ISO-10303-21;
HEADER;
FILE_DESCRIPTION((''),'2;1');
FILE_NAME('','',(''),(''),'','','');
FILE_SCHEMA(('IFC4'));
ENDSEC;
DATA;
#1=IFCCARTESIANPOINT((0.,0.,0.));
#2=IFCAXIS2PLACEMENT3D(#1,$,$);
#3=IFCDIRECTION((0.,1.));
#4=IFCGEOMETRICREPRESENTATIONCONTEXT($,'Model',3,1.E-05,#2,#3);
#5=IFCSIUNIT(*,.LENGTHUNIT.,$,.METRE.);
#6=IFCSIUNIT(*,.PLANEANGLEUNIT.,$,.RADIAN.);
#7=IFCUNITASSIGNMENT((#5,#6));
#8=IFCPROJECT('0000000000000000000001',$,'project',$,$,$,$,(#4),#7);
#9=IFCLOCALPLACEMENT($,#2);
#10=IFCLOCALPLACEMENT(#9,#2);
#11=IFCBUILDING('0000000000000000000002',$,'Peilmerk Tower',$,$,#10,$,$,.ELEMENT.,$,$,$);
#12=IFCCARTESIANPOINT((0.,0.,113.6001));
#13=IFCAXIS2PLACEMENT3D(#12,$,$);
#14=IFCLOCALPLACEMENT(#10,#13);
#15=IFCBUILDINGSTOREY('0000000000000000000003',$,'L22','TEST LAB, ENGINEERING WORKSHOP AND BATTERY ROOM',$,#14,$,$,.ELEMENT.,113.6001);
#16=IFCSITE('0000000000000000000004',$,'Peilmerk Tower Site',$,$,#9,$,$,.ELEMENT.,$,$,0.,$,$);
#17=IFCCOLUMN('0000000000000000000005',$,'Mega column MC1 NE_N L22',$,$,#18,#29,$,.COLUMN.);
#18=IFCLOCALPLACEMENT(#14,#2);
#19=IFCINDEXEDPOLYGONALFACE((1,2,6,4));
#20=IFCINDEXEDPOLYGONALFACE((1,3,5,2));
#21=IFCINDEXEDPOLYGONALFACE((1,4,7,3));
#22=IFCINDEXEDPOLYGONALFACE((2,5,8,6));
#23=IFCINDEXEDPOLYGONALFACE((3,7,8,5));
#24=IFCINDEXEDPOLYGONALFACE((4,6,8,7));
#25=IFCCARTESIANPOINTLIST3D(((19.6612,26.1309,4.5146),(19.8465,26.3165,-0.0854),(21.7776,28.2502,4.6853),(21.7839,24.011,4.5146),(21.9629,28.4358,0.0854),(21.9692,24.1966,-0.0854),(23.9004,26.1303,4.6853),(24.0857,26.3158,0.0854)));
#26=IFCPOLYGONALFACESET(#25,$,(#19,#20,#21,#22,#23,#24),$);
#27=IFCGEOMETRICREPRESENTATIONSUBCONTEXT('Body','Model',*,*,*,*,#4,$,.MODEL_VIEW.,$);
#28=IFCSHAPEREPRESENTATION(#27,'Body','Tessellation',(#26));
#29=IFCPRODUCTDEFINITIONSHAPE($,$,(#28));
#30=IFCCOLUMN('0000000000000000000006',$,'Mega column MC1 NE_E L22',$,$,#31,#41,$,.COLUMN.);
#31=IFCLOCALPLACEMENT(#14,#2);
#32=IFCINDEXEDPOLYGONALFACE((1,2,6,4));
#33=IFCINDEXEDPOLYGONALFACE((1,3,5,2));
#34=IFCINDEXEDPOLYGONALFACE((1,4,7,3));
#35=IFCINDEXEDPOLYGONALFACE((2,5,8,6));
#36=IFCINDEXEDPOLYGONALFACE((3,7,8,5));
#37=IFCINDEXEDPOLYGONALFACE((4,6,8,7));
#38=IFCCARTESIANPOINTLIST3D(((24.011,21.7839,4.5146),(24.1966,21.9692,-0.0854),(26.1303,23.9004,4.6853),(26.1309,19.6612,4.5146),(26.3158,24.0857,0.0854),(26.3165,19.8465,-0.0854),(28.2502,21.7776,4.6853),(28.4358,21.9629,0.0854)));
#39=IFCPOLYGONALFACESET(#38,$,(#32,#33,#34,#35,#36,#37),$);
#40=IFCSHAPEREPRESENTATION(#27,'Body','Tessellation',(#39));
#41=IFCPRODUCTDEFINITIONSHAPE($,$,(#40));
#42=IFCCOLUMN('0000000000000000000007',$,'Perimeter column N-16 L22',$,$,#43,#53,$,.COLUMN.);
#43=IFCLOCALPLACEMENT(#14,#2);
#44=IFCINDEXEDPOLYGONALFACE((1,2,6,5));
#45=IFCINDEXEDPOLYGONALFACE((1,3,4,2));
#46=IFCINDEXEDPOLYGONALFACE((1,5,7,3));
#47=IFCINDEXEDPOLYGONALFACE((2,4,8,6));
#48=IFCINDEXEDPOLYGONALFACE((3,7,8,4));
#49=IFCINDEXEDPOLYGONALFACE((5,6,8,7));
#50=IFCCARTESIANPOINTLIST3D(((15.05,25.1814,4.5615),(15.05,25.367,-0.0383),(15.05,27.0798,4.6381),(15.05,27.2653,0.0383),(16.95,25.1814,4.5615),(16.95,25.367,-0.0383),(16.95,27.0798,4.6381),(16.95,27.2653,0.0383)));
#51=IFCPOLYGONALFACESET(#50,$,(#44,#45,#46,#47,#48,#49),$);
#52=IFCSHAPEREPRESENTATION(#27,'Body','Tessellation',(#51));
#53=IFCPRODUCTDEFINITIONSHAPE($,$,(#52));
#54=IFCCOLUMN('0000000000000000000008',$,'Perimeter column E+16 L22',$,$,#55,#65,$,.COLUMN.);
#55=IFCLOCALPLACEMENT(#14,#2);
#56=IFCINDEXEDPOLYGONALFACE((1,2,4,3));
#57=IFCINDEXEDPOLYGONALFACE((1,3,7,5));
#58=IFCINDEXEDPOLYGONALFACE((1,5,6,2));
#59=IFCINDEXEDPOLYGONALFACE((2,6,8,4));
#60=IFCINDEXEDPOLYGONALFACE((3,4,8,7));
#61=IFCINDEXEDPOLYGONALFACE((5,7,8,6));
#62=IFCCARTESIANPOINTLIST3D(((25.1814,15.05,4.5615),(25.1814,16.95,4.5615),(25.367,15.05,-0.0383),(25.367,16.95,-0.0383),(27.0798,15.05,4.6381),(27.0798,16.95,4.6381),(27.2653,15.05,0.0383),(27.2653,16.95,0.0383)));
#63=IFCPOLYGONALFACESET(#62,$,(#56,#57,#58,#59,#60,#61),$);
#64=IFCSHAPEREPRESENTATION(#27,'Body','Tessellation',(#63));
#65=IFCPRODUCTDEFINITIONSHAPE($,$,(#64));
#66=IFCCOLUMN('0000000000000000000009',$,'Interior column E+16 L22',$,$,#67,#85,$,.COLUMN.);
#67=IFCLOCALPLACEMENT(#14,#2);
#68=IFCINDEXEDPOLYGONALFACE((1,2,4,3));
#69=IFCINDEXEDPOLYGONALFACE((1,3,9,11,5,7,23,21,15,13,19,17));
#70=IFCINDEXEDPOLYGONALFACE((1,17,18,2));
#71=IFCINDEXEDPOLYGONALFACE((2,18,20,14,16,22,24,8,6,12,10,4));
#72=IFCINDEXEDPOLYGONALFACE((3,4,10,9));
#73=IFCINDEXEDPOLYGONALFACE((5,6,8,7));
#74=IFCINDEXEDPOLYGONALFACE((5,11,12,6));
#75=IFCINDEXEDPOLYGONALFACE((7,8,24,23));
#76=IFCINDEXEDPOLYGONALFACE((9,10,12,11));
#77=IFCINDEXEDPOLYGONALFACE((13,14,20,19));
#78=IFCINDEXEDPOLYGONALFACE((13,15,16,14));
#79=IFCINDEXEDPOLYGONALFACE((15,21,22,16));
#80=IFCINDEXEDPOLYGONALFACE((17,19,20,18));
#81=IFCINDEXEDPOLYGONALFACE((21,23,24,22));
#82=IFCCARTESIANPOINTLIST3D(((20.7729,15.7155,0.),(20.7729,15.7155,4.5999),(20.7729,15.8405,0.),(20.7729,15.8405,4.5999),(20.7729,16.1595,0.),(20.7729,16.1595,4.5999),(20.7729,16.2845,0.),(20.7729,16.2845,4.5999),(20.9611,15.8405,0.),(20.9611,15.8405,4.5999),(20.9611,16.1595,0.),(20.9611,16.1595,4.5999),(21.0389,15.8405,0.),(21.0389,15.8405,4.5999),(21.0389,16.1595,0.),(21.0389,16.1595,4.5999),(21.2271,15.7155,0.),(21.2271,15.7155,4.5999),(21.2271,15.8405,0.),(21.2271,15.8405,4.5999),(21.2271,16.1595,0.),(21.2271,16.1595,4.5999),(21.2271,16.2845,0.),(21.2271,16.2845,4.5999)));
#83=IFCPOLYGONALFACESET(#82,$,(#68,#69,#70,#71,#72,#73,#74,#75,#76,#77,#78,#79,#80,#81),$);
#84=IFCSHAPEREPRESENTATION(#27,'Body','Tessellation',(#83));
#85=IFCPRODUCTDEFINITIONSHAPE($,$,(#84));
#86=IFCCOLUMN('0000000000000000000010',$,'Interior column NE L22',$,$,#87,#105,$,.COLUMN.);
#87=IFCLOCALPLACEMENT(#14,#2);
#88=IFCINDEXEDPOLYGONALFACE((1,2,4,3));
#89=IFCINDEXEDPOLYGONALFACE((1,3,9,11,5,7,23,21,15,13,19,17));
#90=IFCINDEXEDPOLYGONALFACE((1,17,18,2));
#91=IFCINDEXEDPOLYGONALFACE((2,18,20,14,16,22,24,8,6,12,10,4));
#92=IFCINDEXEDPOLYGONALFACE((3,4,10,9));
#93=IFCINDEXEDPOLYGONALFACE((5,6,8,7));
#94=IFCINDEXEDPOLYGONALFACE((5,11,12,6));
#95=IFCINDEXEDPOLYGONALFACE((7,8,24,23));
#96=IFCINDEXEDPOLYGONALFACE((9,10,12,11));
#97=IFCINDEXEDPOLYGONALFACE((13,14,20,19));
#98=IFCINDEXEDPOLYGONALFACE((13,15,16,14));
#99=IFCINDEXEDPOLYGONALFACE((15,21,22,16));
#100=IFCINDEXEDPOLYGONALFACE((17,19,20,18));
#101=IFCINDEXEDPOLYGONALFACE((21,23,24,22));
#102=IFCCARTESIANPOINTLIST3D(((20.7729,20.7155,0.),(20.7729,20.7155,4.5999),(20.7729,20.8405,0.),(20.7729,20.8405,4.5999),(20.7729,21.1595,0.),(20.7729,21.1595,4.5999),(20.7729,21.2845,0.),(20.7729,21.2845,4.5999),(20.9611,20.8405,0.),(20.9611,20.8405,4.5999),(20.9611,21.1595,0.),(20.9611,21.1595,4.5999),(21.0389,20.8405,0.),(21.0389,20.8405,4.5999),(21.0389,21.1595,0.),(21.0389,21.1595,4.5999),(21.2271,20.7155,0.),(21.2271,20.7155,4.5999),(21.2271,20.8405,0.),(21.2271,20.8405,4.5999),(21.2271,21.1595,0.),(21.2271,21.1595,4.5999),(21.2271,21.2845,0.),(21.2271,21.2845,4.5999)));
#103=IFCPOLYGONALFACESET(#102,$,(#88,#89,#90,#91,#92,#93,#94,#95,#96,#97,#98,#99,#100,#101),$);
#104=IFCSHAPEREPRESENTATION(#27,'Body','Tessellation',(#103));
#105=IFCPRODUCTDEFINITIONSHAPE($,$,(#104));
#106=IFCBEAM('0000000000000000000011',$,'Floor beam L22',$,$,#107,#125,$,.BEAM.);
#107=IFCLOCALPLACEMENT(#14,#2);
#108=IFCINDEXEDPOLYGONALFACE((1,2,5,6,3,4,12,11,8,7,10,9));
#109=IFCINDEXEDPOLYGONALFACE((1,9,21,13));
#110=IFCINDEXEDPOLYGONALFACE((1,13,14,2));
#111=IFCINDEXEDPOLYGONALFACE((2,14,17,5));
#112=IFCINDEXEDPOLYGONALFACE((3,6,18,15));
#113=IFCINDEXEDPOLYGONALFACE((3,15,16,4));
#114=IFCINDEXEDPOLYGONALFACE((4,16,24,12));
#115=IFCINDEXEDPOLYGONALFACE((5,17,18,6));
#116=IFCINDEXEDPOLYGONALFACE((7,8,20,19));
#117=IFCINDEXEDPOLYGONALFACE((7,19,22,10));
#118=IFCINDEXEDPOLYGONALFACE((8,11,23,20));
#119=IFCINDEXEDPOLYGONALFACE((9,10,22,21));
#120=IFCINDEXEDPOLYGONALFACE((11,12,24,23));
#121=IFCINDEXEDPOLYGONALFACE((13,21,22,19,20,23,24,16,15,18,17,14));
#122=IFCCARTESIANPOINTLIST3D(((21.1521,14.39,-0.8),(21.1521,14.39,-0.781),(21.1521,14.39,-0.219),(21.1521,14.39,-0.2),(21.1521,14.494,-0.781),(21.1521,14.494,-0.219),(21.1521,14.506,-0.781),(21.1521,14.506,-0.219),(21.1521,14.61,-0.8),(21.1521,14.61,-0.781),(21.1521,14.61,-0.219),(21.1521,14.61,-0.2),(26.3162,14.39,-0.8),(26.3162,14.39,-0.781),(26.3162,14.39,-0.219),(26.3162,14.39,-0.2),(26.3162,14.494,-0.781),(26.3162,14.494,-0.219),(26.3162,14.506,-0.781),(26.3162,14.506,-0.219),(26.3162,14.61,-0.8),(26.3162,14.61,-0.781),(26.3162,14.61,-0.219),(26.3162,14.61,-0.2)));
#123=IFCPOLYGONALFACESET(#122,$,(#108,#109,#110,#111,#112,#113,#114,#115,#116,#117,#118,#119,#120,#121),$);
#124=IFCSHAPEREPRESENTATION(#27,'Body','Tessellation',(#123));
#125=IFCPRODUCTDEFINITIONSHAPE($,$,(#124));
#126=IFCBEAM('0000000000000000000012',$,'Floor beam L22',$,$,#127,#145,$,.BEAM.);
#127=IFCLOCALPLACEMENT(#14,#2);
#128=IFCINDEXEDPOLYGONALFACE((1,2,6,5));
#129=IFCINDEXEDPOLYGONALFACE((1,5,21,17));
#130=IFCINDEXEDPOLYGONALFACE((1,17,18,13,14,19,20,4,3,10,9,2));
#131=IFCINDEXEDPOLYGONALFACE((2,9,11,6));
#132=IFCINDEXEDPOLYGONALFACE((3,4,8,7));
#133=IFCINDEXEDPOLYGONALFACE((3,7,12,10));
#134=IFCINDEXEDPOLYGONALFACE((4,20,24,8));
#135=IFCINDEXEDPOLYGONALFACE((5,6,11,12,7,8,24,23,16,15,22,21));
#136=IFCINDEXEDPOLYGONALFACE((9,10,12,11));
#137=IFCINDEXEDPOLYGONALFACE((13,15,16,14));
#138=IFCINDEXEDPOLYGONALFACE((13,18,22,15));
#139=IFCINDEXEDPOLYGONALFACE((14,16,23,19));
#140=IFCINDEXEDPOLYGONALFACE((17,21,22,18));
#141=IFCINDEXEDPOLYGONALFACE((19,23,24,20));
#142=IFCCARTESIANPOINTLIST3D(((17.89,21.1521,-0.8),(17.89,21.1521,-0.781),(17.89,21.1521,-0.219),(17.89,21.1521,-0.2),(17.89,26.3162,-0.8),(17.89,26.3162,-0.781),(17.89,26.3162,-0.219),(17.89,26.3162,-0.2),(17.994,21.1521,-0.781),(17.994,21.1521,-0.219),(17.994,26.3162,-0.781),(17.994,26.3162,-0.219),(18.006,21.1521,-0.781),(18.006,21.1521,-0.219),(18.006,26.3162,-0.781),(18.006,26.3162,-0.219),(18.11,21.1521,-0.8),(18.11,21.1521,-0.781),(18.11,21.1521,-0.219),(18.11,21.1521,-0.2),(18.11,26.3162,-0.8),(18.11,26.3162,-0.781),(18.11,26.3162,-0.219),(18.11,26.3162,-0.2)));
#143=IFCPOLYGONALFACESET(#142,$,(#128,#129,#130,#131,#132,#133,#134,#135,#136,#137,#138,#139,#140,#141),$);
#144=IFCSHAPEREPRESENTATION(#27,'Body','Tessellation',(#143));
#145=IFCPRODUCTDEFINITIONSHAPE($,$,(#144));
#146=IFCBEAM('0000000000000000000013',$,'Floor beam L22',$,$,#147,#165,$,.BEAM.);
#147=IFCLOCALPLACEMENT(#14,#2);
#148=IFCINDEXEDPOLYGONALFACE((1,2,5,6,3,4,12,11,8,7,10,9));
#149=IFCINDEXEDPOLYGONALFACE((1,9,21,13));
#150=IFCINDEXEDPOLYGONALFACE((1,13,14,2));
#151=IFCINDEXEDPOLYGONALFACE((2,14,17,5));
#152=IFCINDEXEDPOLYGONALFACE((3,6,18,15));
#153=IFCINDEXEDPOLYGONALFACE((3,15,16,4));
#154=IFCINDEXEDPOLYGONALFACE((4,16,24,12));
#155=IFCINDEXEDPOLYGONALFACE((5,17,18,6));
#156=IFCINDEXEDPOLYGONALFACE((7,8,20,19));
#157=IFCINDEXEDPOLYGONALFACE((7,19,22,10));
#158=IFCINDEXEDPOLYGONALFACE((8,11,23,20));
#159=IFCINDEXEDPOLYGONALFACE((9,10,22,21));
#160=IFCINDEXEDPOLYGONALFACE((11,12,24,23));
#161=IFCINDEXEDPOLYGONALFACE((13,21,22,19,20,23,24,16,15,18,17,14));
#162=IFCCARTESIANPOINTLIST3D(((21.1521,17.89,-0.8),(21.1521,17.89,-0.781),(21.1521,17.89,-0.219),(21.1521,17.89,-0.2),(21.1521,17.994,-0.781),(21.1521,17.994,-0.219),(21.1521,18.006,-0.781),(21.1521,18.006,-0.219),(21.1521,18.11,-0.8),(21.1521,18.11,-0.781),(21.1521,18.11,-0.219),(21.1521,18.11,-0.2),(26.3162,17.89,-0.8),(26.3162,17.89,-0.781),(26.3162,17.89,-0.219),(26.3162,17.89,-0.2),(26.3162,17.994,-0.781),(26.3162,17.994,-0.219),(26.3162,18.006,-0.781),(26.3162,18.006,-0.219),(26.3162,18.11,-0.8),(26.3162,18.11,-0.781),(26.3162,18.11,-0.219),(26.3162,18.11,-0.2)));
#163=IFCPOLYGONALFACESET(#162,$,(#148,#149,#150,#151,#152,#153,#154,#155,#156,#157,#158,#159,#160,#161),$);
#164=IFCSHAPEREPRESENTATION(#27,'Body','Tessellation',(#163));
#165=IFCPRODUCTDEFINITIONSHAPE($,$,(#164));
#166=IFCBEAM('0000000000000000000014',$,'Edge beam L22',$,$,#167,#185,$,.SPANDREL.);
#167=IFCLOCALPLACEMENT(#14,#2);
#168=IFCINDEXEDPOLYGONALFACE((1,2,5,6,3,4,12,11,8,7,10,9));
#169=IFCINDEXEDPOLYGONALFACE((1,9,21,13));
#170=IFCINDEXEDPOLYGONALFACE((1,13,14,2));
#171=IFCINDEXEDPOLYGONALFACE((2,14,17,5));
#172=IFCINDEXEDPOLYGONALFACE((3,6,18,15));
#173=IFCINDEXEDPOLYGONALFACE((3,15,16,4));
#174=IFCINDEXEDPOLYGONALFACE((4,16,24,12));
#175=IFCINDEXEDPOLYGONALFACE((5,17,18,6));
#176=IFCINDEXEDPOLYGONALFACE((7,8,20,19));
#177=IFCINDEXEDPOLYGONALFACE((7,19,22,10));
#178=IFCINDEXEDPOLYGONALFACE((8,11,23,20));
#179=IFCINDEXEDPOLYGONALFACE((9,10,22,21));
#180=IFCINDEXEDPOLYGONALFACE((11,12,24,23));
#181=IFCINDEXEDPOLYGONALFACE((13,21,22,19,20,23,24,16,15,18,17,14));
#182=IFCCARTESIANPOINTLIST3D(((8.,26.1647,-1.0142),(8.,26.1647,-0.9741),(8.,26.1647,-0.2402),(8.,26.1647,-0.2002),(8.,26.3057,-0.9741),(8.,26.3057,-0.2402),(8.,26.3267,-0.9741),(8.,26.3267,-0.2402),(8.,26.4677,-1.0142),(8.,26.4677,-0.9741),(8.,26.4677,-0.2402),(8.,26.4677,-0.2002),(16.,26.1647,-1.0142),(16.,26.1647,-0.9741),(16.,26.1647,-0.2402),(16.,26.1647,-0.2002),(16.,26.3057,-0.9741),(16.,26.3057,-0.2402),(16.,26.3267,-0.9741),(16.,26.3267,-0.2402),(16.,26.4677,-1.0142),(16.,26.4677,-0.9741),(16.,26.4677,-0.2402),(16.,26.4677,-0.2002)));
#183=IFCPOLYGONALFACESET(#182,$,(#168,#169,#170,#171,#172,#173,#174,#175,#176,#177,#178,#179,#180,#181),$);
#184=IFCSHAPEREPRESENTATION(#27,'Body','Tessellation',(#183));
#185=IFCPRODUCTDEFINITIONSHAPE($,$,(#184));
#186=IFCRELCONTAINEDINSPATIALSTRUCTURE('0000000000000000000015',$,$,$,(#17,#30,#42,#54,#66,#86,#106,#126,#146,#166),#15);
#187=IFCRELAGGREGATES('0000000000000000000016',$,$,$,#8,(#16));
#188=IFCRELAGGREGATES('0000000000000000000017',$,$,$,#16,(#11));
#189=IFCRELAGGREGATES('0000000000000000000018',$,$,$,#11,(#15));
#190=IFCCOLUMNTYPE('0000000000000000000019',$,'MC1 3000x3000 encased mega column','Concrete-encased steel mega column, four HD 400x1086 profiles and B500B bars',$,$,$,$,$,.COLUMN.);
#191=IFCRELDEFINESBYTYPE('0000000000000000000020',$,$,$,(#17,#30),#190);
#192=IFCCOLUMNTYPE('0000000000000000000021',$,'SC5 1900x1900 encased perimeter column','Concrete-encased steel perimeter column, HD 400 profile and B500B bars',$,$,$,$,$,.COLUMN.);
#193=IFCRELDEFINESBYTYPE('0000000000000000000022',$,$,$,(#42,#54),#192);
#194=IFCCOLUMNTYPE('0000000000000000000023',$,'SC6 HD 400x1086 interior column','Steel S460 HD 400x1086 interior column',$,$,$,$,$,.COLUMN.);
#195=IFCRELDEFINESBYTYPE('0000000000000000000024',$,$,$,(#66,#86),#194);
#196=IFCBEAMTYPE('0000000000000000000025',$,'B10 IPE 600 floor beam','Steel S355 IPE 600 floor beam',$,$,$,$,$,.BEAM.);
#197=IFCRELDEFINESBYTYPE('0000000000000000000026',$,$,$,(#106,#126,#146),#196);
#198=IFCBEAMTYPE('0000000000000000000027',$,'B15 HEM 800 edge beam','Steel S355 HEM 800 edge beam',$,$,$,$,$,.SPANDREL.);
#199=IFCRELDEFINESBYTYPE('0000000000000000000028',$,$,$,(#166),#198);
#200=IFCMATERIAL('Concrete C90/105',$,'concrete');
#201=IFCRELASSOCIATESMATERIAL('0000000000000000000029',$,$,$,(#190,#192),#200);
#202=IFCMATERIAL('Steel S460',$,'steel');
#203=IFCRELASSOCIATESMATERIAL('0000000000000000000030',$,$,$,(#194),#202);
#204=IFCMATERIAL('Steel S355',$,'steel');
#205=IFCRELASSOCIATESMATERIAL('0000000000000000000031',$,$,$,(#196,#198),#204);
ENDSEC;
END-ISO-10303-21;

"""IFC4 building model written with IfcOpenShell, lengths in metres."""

from ifc_helpers import new_model, si_unit, direction, frame, origin, origin_2d, place, context, subcontext, project, spatial, rectangle, i_section, extrude, material, material_profile, profile_set, type_object, element, save


model = new_model("IFC4")

# Units and contexts
model_context = context("Model", 3, precision=1e-05, world=origin(), true_north=direction((0.0, 1.0)))
body_context = subcontext(model_context, "Body", "Model", "MODEL_VIEW")
ifc_project = project(units=[si_unit("LENGTHUNIT", "METRE"), si_unit("PLANEANGLEUNIT", "RADIAN")], contexts=[model_context])

# Site, building, storey
site_placement = place(None, origin())
site = spatial("IfcSite", under=ifc_project, at=site_placement, Name="Peilmerk Tower Site", CompositionType="ELEMENT", RefElevation=0.0)
building_placement = place(site_placement, origin())
building = spatial("IfcBuilding", under=site, at=building_placement, Name="Peilmerk Tower", CompositionType="ELEMENT")
storey_placement = place(building_placement, frame((0.0, 0.0, 113.6001)))
storey = spatial("IfcBuildingStorey", under=building, at=storey_placement, Name="L22", Description="TEST LAB, ENGINEERING WORKSHOP AND BATTERY ROOM", CompositionType="ELEMENT", Elevation=113.6001)

# Columns
ifc_material_1 = material(Name="Concrete C90/105", Category="concrete")
ifc_material_profile_1 = material_profile(ifc_material_1, rectangle(XDim=3.0, YDim=3.0, at=origin_2d()), Name="RC 3000x3000")
ifc_profile_set_1 = profile_set([ifc_material_profile_1], Name="Concrete C90/105")
column_type_1 = type_object("IfcColumnType", Name="MC1 3000x3000 encased mega column", Description="Concrete-encased steel mega column, four HD 400x1086 profiles and B500B bars", PredefinedType="COLUMN", material=ifc_profile_set_1)
for number, where, z_axis, x_axis, name in (
    (1, (21.9661, 26.3162, 0.0), (-0.040219, -0.040272, 0.998379), (0.707572, -0.706641, 0.0), "Mega column MC1 NE_N L22"),
    (2, (26.3162, 21.9661, 0.0), (-0.040272, -0.040219, 0.998379), (0.706641, -0.707572, 0.0), "Mega column MC1 NE_E L22"),
):
    element("IfcColumn", number, at=place(storey_placement, frame(where, z_axis=z_axis, x_axis=x_axis)), inside=storey, type_object=column_type_1, Name=name, PredefinedType="COLUMN", context=body_context, shape_type="SweptSolid", body=[
        extrude(rectangle(XDim=3.0, YDim=3.0, at=origin_2d()), origin(), (0.0, 0.0, 1.0), 4.6074),
    ])
ifc_material_profile_2 = material_profile(ifc_material_1, rectangle(XDim=1.8999, YDim=1.8999, at=origin_2d()), Name="RC 1900x1900")
ifc_profile_set_2 = profile_set([ifc_material_profile_2], Name="Concrete C90/105")
column_type_2 = type_object("IfcColumnType", Name="SC5 1900x1900 encased perimeter column", Description="Concrete-encased steel perimeter column, HD 400 profile and B500B bars", PredefinedType="COLUMN", material=ifc_profile_set_2)
for number, where, z_axis, x_axis, name in (
    (3, (16.0, 26.3162, 0.0), (0.0, -0.040305, 0.999187), (1.0, 0.0, 0.0), "Perimeter column N-16 L22"),
    (4, (26.3162, 16.0, 0.0), (-0.040305, 0.0, 0.999187), (0.0, -1.0, 0.0), "Perimeter column E+16 L22"),
):
    element("IfcColumn", number, at=place(storey_placement, frame(where, z_axis=z_axis, x_axis=x_axis)), inside=storey, type_object=column_type_2, Name=name, PredefinedType="COLUMN", context=body_context, shape_type="SweptSolid", body=[
        extrude(rectangle(XDim=1.8999, YDim=1.8999, at=origin_2d()), origin(), (0.0, 0.0, 1.0), 4.6035),
    ])
ifc_material_2 = material(Name="Steel S460", Category="steel")
ifc_material_profile_3 = material_profile(ifc_material_2, i_section(OverallWidth=0.4541, OverallDepth=0.5691, WebThickness=0.0779, FlangeThickness=0.125, at=origin_2d()), Name="HD 400x1086")
ifc_profile_set_3 = profile_set([ifc_material_profile_3], Name="Steel S460")
column_type_3 = type_object("IfcColumnType", Name="SC6 HD 400x1086 interior column", Description="Steel S460 HD 400x1086 interior column", PredefinedType="COLUMN", material=ifc_profile_set_3)
for number, where, z_axis, x_axis, name in (
    (5, (21.0, 16.0, 0.0), (0.0, 0.0, 1.0), (1.0, 0.0, 0.0), "Interior column E+16 L22"),
    (6, (21.0, 21.0, 0.0), (0.0, 0.0, 1.0), (1.0, 0.0, 0.0), "Interior column NE L22"),
):
    element("IfcColumn", number, at=place(storey_placement, frame(where, z_axis=z_axis, x_axis=x_axis)), inside=storey, type_object=column_type_3, Name=name, PredefinedType="COLUMN", context=body_context, shape_type="SweptSolid", body=[
        extrude(i_section(OverallWidth=0.4541, OverallDepth=0.5691, WebThickness=0.0779, FlangeThickness=0.125, at=origin_2d()), origin(), (0.0, 0.0, 1.0), 4.5999),
    ])

# Beams
ifc_material_3 = material(Name="Steel S355", Category="steel")
ifc_material_profile_4 = material_profile(ifc_material_3, i_section(OverallWidth=0.22, OverallDepth=0.6001, WebThickness=0.012, FlangeThickness=0.019, at=origin_2d()), Name="IPE 600")
ifc_profile_set_4 = profile_set([ifc_material_profile_4], Name="Steel S355")
beam_type_1 = type_object("IfcBeamType", Name="B10 IPE 600 floor beam", Description="Steel S355 IPE 600 floor beam", PredefinedType="BEAM", material=ifc_profile_set_4)
for number, where, z_axis, x_axis, name in (
    (7, (21.1521, 14.5, -0.5), (1.0, 0.0, 0.0), (0.0, 1.0, 0.0), "Floor beam L22"),
    (8, (18.0, 21.1521, -0.5), (0.0, 1.0, 0.0), (-1.0, 0.0, 0.0), "Floor beam L22"),
    (9, (21.1521, 18.0, -0.5), (1.0, 0.0, 0.0), (0.0, 1.0, 0.0), "Floor beam L22"),
):
    element("IfcBeam", number, at=place(storey_placement, frame(where, z_axis=z_axis, x_axis=x_axis)), inside=storey, type_object=beam_type_1, Name=name, PredefinedType="BEAM", context=body_context, shape_type="SweptSolid", body=[
        extrude(i_section(OverallWidth=0.22, OverallDepth=0.6001, WebThickness=0.012, FlangeThickness=0.019, at=origin_2d()), origin(), (0.0, 0.0, 1.0), 5.1641),
    ])
ifc_material_profile_5 = material_profile(ifc_material_3, i_section(OverallWidth=0.303, OverallDepth=0.814, WebThickness=0.021, FlangeThickness=0.04, at=origin_2d()), Name="HEM 800")
ifc_profile_set_5 = profile_set([ifc_material_profile_5], Name="Steel S355")
beam_type_2 = type_object("IfcBeamType", Name="B15 HEM 800 edge beam", Description="Steel S355 HEM 800 edge beam", PredefinedType="SPANDREL", material=ifc_profile_set_5)
beam_1_placement = place(storey_placement, frame((16.0, 26.3162, -0.6072), z_axis=(-1.0, 0.0, 0.0), x_axis=(0.0, -1.0, 0.0)))
element("IfcBeam", 10, at=beam_1_placement, inside=storey, type_object=beam_type_2, Name="Edge beam L22", PredefinedType="SPANDREL", context=body_context, shape_type="SweptSolid", body=[
    extrude(i_section(OverallWidth=0.303, OverallDepth=0.814, WebThickness=0.021, FlangeThickness=0.04, at=origin_2d()), origin(), (0.0, 0.0, 1.0), 8.0),
])

save(model, "model.ifc")
